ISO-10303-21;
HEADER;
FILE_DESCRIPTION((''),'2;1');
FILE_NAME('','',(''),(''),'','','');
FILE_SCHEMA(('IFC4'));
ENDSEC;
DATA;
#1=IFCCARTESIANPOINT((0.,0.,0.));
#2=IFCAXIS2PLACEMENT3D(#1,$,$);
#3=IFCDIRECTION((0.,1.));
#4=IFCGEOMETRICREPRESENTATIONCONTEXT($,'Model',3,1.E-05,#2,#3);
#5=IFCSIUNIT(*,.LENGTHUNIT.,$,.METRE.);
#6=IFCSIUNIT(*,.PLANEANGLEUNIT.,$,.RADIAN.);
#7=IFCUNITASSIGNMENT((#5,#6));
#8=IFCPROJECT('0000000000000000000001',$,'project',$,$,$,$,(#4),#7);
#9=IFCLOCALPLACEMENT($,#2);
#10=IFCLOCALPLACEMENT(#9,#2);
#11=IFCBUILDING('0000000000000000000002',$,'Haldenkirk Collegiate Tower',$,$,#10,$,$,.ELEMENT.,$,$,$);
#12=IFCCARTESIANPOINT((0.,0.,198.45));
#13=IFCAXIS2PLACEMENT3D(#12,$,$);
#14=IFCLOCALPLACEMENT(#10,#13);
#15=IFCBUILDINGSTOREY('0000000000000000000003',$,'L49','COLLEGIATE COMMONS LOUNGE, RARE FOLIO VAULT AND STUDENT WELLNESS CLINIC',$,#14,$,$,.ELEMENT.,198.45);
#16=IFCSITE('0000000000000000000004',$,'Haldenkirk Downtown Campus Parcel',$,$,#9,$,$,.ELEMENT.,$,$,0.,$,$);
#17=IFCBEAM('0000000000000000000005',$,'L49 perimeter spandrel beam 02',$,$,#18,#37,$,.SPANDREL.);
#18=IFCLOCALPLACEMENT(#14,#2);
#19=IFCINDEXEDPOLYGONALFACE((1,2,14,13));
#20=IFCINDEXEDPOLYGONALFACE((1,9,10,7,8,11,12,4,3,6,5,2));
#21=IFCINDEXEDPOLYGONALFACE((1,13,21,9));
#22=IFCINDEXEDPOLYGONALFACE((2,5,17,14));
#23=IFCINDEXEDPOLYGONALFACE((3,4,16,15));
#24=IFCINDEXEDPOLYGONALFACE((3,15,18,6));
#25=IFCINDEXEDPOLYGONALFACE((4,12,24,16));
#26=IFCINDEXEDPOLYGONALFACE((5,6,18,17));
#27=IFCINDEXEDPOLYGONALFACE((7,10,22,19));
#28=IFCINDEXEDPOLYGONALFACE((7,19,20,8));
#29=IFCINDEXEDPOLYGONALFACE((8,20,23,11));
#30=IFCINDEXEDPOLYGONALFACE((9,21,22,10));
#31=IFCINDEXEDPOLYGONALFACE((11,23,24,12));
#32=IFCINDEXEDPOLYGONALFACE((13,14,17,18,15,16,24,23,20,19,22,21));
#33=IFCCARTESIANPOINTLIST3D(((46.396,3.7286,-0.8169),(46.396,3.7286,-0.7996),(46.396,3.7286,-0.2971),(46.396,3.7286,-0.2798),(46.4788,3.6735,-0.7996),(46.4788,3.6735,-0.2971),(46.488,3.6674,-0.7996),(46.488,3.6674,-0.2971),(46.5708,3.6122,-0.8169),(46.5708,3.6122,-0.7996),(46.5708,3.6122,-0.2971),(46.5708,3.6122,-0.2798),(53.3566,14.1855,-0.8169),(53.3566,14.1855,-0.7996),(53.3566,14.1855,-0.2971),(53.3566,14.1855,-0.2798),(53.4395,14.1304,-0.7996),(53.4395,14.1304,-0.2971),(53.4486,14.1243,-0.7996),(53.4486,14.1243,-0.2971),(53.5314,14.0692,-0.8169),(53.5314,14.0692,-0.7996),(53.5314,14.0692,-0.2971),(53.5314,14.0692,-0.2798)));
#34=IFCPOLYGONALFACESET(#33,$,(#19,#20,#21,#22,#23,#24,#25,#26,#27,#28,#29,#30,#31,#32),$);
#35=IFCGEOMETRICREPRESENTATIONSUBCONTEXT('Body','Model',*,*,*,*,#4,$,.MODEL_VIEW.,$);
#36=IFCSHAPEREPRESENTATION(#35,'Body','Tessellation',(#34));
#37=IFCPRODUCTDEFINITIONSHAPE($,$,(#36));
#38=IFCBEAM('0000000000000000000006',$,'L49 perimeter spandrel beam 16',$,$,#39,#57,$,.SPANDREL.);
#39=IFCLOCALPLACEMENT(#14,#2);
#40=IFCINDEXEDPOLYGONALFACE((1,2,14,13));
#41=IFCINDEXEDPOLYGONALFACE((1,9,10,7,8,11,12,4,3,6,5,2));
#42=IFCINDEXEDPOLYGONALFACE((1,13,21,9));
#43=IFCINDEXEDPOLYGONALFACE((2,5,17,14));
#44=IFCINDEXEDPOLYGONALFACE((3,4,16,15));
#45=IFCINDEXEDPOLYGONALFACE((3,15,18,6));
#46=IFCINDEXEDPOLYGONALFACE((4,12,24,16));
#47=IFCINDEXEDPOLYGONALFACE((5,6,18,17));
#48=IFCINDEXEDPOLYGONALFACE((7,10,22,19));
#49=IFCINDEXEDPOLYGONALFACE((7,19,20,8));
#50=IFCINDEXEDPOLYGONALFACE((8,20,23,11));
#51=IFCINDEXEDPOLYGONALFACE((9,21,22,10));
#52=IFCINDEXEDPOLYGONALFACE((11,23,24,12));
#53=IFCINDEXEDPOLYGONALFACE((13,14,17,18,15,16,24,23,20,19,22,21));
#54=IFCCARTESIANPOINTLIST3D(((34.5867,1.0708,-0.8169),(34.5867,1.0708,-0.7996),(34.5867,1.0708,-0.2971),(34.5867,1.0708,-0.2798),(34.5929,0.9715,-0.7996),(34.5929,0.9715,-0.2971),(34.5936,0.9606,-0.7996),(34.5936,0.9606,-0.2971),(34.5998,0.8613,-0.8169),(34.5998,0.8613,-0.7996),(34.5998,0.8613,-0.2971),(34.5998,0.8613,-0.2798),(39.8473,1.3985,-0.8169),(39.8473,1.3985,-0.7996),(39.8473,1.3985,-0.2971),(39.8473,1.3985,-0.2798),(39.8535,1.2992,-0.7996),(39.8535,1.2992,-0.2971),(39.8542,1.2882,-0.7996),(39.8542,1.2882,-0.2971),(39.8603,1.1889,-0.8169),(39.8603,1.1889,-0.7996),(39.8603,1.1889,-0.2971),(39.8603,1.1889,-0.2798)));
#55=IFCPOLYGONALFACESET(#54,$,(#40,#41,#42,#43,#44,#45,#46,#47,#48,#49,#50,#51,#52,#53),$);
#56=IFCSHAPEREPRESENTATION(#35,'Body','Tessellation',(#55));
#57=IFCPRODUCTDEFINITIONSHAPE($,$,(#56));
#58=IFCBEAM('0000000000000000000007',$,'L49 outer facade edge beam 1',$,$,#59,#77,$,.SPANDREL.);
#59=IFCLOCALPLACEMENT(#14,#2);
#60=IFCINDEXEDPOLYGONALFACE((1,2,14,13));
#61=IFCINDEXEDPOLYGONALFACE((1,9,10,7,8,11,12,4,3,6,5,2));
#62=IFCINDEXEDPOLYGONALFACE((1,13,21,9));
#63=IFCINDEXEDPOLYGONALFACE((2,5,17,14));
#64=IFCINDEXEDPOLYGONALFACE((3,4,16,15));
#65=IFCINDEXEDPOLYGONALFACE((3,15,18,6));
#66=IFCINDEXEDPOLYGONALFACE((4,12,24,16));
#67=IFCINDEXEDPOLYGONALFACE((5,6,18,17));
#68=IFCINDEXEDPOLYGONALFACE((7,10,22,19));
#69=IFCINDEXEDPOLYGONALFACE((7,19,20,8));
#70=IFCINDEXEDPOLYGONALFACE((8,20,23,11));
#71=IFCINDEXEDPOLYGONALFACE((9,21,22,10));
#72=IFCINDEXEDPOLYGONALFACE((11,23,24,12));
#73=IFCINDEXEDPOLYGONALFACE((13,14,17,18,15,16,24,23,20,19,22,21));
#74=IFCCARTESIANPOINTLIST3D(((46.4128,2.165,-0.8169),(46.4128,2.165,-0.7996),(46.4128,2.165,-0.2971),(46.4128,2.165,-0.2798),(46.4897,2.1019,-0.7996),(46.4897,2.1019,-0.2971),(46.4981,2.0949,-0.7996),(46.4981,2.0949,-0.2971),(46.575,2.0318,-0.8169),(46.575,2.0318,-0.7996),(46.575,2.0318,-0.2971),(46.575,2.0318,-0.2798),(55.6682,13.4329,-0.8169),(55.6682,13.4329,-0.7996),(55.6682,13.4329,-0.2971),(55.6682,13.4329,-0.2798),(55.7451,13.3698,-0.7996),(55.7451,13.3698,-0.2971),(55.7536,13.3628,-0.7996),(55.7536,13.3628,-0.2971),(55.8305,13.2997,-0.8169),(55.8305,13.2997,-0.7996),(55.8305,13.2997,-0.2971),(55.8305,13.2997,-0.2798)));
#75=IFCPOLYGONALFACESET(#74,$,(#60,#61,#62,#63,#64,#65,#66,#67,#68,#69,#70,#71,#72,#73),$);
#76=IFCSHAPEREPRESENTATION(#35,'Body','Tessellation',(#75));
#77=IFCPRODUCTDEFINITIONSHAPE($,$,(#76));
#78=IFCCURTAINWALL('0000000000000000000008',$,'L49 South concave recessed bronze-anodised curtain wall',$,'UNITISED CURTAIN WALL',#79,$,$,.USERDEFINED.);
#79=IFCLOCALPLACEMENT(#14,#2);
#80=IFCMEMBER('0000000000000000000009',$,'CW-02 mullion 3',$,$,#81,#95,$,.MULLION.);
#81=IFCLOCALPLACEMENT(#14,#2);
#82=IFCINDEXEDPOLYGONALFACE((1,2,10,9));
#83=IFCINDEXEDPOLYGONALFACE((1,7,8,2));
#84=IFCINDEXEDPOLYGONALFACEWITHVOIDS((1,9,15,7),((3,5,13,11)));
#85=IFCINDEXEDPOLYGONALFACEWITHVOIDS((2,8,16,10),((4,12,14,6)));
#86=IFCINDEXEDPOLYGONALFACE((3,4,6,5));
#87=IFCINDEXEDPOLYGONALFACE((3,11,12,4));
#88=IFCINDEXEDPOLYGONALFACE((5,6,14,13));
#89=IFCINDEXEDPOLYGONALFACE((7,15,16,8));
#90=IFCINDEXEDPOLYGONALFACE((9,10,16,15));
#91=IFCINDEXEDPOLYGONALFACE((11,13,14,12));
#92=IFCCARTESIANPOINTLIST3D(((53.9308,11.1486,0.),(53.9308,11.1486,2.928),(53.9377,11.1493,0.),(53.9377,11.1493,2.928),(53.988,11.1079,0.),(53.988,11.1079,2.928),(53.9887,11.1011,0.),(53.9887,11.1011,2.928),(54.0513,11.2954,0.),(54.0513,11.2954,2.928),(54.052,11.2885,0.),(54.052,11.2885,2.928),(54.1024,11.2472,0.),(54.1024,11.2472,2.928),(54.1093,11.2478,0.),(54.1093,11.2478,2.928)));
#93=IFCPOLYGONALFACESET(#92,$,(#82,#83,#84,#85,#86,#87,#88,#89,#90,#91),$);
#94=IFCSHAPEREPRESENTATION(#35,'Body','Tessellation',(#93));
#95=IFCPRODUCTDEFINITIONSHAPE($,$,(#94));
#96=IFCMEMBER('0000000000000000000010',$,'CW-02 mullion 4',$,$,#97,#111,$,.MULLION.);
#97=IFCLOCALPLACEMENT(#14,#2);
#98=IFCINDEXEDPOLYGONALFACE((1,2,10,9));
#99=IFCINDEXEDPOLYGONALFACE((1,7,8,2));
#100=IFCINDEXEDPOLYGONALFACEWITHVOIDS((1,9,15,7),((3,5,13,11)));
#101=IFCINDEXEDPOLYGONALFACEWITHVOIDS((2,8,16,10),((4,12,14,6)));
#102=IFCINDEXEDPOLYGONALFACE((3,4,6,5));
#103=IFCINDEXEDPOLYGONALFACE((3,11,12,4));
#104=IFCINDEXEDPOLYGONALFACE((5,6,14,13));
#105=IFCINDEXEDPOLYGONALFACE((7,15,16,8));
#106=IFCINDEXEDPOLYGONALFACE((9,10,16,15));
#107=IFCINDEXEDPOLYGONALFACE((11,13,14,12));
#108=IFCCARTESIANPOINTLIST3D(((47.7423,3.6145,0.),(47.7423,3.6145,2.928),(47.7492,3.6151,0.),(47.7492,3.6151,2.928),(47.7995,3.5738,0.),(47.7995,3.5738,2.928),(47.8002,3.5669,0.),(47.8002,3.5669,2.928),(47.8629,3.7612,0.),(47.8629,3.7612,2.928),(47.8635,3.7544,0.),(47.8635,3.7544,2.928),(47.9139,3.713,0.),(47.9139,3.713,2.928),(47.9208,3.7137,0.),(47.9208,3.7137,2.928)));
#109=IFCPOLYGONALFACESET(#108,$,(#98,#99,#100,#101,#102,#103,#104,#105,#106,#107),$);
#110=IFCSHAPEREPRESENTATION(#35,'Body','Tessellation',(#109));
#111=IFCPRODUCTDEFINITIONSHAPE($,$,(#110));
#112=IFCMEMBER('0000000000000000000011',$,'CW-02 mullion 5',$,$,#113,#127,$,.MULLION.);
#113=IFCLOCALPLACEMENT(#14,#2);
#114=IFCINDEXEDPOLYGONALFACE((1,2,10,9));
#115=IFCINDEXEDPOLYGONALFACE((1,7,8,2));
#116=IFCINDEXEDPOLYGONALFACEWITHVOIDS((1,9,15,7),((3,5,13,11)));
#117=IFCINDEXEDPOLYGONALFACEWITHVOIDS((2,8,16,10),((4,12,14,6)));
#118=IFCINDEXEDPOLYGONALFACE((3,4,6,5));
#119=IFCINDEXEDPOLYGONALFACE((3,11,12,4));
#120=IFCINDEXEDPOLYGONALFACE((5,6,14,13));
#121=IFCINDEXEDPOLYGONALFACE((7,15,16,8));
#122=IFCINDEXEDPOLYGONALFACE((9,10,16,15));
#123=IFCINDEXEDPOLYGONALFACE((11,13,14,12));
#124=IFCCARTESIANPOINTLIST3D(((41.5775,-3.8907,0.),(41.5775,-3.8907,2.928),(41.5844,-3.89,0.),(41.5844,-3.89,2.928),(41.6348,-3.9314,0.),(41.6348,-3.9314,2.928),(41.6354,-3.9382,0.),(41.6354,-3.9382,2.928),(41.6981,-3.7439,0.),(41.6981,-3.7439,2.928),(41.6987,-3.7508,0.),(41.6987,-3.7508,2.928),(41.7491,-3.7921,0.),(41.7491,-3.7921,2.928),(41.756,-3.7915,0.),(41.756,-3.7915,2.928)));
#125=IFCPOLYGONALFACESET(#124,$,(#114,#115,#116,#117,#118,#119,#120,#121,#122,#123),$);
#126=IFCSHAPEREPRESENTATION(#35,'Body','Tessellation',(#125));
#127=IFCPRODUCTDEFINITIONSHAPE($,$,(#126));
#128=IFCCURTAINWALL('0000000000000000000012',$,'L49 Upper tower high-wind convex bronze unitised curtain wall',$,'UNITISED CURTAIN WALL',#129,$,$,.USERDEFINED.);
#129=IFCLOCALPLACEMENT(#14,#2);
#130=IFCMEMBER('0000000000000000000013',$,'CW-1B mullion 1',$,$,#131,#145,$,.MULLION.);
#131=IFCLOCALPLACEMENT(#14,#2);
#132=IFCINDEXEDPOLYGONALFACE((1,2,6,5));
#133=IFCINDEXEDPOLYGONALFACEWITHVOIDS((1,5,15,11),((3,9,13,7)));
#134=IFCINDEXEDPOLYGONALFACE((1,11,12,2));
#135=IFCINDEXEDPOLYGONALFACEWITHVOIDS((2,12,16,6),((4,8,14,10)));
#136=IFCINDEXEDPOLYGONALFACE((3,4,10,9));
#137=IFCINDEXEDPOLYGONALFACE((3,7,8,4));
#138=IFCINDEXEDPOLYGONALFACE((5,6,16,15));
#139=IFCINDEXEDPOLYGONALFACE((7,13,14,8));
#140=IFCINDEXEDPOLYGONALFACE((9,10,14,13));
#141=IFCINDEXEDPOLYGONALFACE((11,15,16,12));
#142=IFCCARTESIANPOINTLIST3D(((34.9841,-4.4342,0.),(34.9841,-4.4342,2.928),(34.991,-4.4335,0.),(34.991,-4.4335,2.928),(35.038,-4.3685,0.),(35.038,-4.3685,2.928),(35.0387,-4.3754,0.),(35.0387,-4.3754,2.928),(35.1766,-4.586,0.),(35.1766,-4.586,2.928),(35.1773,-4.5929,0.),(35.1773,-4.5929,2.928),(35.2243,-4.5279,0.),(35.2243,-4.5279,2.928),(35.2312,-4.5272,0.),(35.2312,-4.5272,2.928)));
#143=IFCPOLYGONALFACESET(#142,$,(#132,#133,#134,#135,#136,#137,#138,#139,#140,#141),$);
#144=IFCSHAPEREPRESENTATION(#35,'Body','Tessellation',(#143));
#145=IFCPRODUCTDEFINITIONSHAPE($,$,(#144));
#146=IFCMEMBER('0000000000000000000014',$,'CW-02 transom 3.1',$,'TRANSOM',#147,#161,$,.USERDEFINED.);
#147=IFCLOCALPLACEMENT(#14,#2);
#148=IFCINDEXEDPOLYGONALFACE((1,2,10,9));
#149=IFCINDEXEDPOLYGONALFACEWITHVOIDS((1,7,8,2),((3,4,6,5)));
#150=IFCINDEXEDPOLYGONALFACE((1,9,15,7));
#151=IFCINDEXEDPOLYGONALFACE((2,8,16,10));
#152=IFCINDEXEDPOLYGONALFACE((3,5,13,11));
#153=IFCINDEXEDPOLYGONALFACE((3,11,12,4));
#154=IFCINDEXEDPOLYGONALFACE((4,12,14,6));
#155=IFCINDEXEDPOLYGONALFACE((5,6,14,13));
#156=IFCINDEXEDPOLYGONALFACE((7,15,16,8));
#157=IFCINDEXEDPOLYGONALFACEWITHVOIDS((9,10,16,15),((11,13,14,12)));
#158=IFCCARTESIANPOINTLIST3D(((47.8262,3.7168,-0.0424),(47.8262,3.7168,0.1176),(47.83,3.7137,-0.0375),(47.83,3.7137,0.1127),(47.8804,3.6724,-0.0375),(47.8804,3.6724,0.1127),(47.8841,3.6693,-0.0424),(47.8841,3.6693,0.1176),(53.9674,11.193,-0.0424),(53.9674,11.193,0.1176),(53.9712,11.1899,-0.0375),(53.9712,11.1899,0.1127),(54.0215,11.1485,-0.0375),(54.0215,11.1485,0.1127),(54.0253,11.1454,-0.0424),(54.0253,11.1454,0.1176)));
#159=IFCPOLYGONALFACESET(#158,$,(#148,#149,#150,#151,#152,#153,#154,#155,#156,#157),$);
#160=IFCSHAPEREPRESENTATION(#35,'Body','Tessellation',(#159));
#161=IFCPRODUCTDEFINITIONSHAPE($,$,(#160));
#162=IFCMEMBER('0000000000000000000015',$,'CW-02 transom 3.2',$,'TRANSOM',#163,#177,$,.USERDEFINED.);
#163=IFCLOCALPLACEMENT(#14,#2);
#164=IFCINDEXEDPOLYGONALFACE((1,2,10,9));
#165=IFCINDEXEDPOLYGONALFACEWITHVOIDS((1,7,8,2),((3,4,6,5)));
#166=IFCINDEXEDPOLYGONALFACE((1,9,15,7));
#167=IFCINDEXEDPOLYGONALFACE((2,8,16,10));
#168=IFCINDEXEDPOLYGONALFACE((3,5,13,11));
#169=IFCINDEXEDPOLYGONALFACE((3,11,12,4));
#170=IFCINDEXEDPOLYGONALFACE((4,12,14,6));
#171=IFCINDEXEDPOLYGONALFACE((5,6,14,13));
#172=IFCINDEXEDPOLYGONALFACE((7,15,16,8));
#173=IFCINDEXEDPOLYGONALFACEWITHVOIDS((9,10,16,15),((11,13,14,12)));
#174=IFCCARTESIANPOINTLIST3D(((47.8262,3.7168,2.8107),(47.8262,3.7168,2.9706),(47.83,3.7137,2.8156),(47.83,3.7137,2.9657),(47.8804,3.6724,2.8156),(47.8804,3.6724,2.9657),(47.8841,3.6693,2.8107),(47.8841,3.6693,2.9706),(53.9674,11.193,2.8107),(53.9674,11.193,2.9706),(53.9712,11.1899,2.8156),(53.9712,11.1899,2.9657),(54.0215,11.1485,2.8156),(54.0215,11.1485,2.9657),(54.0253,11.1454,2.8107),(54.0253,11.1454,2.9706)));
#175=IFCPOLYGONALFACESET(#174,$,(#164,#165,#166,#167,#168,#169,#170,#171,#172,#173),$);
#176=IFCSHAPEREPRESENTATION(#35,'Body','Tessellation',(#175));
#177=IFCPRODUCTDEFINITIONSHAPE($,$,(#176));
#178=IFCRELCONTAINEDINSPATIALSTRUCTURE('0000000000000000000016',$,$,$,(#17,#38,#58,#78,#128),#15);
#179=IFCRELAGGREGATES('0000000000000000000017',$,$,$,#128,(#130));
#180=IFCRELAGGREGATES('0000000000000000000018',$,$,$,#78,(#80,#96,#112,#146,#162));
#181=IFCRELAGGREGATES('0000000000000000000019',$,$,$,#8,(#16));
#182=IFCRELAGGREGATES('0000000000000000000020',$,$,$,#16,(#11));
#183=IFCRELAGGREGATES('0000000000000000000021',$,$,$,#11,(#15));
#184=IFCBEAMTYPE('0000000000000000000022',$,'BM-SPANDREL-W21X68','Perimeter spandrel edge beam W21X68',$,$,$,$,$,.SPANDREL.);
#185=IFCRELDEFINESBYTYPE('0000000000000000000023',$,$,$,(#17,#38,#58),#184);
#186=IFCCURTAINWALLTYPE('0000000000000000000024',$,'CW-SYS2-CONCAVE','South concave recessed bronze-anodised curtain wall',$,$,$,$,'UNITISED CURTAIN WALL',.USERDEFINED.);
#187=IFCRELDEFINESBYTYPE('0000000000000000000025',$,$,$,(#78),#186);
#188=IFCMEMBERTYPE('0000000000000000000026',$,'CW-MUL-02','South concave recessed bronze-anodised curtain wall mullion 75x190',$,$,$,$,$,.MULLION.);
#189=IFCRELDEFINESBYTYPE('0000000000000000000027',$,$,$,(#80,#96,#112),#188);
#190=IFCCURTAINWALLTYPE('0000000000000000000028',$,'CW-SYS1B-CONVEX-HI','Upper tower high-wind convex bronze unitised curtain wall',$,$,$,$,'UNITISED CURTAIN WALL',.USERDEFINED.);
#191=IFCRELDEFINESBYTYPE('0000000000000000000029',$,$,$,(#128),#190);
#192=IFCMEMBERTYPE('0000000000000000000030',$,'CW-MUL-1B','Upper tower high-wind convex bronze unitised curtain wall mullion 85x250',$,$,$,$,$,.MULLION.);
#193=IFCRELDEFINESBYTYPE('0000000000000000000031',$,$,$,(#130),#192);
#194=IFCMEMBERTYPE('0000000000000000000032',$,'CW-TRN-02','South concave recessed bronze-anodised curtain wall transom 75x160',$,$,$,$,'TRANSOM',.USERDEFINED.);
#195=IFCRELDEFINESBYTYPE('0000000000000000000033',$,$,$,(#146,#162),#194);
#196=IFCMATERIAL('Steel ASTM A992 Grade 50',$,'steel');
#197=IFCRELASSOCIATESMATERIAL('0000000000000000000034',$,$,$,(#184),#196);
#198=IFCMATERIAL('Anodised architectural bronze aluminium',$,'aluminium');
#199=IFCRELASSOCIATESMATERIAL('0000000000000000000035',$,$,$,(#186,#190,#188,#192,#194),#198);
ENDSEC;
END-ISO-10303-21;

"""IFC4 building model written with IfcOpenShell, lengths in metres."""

from ifc_helpers import new_model, si_unit, direction, frame, origin, origin_2d, place, context, subcontext, project, spatial, hollow_rectangle, i_section, extrude, material, material_profile, profile_set, type_object, element, aggregate, save


model = new_model("IFC4")

# Units and contexts
model_context = context("Model", 3, precision=1e-05, world=origin(), true_north=direction((0.0, 1.0)))
body_context = subcontext(model_context, "Body", "Model", "MODEL_VIEW")
ifc_project = project(units=[si_unit("LENGTHUNIT", "METRE"), si_unit("PLANEANGLEUNIT", "RADIAN")], contexts=[model_context])

# Site, building, storey
site_placement = place(None, origin())
site = spatial("IfcSite", under=ifc_project, at=site_placement, Name="Haldenkirk Downtown Campus Parcel", CompositionType="ELEMENT", RefElevation=0.0)
building_placement = place(site_placement, origin())
building = spatial("IfcBuilding", under=site, at=building_placement, Name="Haldenkirk Collegiate Tower", CompositionType="ELEMENT")
storey_placement = place(building_placement, frame((0.0, 0.0, 198.45)))
storey = spatial("IfcBuildingStorey", under=building, at=storey_placement, Name="L49", Description="COLLEGIATE COMMONS LOUNGE, RARE FOLIO VAULT AND STUDENT WELLNESS CLINIC", CompositionType="ELEMENT", Elevation=198.45)

# Beams
ifc_material_1 = material(Name="Steel ASTM A992 Grade 50", Category="steel")
ifc_material_profile_1 = material_profile(ifc_material_1, i_section(OverallWidth=0.21, OverallDepth=0.5371, WebThickness=0.011, FlangeThickness=0.0173, at=origin_2d()), Name="W21X68")
ifc_profile_set_1 = profile_set([ifc_material_profile_1], Name="Steel ASTM A992 Grade 50")
beam_type_1 = type_object("IfcBeamType", Name="BM-SPANDREL-W21X68", Description="Perimeter spandrel edge beam W21X68", PredefinedType="SPANDREL", material=ifc_profile_set_1)
beam_1_placement = place(storey_placement, frame((46.4834, 3.6704, -0.5483), z_axis=(0.554113, 0.832442, 0.0), x_axis=(-0.832442, 0.554113, 0.0)))
element("IfcBeam", 1, at=beam_1_placement, inside=storey, type_object=beam_type_1, Name="L49 perimeter spandrel beam 02", PredefinedType="SPANDREL", context=body_context, shape_type="SweptSolid", body=[
    extrude(i_section(OverallWidth=0.21, OverallDepth=0.5371, WebThickness=0.011, FlangeThickness=0.0173, at=origin_2d()), origin(), (0.0, 0.0, 1.0), 12.5618),
])
beam_2_placement = place(storey_placement, frame((34.5933, 0.9661, -0.5483), z_axis=(0.998066, 0.062162, 0.0), x_axis=(-0.062162, 0.998066, 0.0)))
element("IfcBeam", 2, at=beam_2_placement, inside=storey, type_object=beam_type_1, Name="L49 perimeter spandrel beam 16", PredefinedType="SPANDREL", context=body_context, shape_type="SweptSolid", body=[
    extrude(i_section(OverallWidth=0.21, OverallDepth=0.5371, WebThickness=0.011, FlangeThickness=0.0173, at=origin_2d()), origin(), (0.0, 0.0, 1.0), 5.2708),
])
beam_3_placement = place(storey_placement, frame((46.4939, 2.0984, -0.5483), z_axis=(0.634725, 0.772738, 0.0), x_axis=(-0.772738, 0.634725, 0.0)))
element("IfcBeam", 3, at=beam_3_placement, inside=storey, type_object=beam_type_1, Name="L49 outer facade edge beam 1", PredefinedType="SPANDREL", context=body_context, shape_type="SweptSolid", body=[
    extrude(i_section(OverallWidth=0.21, OverallDepth=0.5371, WebThickness=0.011, FlangeThickness=0.0173, at=origin_2d()), origin(), (0.0, 0.0, 1.0), 14.5818),
])

# Curtain wall, members
ifc_material_2 = material(Name="Anodised architectural bronze aluminium", Category="aluminium")
curtain_wall_type_1 = type_object("IfcCurtainWallType", Name="CW-SYS2-CONCAVE", Description="South concave recessed bronze-anodised curtain wall", ElementType="UNITISED CURTAIN WALL", PredefinedType="USERDEFINED", material=ifc_material_2)
curtain_wall_1_placement = place(storey_placement, origin())
curtain_wall_1 = element("IfcCurtainWall", 4, at=curtain_wall_1_placement, inside=storey, type_object=curtain_wall_type_1, Name="L49 South concave recessed bronze-anodised curtain wall", ObjectType="UNITISED CURTAIN WALL", PredefinedType="USERDEFINED")
ifc_material_profile_2 = material_profile(ifc_material_2, hollow_rectangle(XDim=0.075, YDim=0.1899, WallThickness=0.0049, at=origin_2d()), Name="CW-MUL-02")
ifc_profile_set_2 = profile_set([ifc_material_profile_2], Name="Anodised architectural bronze aluminium")
member_type_1 = type_object("IfcMemberType", Name="CW-MUL-02", Description="South concave recessed bronze-anodised curtain wall mullion 75x190", PredefinedType="MULLION", material=ifc_profile_set_2)
member_1_placement = place(storey_placement, frame((54.02, 11.1982, 0.0), z_axis=(0.0, 0.0, 1.0), x_axis=(0.772734, -0.634731, 0.0)))
member_1 = element("IfcMember", 5, at=member_1_placement, type_object=member_type_1, Name="CW-02 mullion 3", PredefinedType="MULLION", context=body_context, shape_type="SweptSolid", body=[
    extrude(hollow_rectangle(XDim=0.075, YDim=0.1899, WallThickness=0.0049, at=origin_2d()), origin(), (0.0, 0.0, 1.0), 2.928),
])
member_2_placement = place(storey_placement, frame((47.8315, 3.6641, 0.0), z_axis=(0.0, 0.0, 1.0), x_axis=(0.772734, -0.634731, 0.0)))
member_2 = element("IfcMember", 6, at=member_2_placement, type_object=member_type_1, Name="CW-02 mullion 4", PredefinedType="MULLION", context=body_context, shape_type="SweptSolid", body=[
    extrude(hollow_rectangle(XDim=0.075, YDim=0.1899, WallThickness=0.0049, at=origin_2d()), origin(), (0.0, 0.0, 1.0), 2.928),
])
member_3_placement = place(storey_placement, frame((41.6667, -3.8411, 0.0), z_axis=(0.0, 0.0, 1.0), x_axis=(0.772734, -0.634731, 0.0)))
member_3 = element("IfcMember", 7, at=member_3_placement, type_object=member_type_1, Name="CW-02 mullion 5", PredefinedType="MULLION", context=body_context, shape_type="SweptSolid", body=[
    extrude(hollow_rectangle(XDim=0.075, YDim=0.1899, WallThickness=0.0049, at=origin_2d()), origin(), (0.0, 0.0, 1.0), 2.928),
])

# Curtain wall, member
curtain_wall_type_2 = type_object("IfcCurtainWallType", Name="CW-SYS1B-CONVEX-HI", Description="Upper tower high-wind convex bronze unitised curtain wall", ElementType="UNITISED CURTAIN WALL", PredefinedType="USERDEFINED", material=ifc_material_2)
curtain_wall_2_placement = place(storey_placement, origin())
curtain_wall_2 = element("IfcCurtainWall", 8, at=curtain_wall_2_placement, inside=storey, type_object=curtain_wall_type_2, Name="L49 Upper tower high-wind convex bronze unitised curtain wall", ObjectType="UNITISED CURTAIN WALL", PredefinedType="USERDEFINED")
ifc_material_profile_3 = material_profile(ifc_material_2, hollow_rectangle(XDim=0.085, YDim=0.25, WallThickness=0.0049, at=origin_2d()), Name="CW-MUL-1B")
ifc_profile_set_3 = profile_set([ifc_material_profile_3], Name="Anodised architectural bronze aluminium")
member_type_2 = type_object("IfcMemberType", Name="CW-MUL-1B", Description="Upper tower high-wind convex bronze unitised curtain wall mullion 85x250", PredefinedType="MULLION", material=ifc_profile_set_3)
member_4_placement = place(storey_placement, frame((35.1077, -4.4807, 0.0), z_axis=(0.0, 0.0, 1.0), x_axis=(-0.63473, -0.772734, 0.0)))
member_4 = element("IfcMember", 9, at=member_4_placement, type_object=member_type_2, Name="CW-1B mullion 1", PredefinedType="MULLION", context=body_context, shape_type="SweptSolid", body=[
    extrude(hollow_rectangle(XDim=0.085, YDim=0.25, WallThickness=0.0049, at=origin_2d()), origin(), (0.0, 0.0, 1.0), 2.928),
])

# Members
ifc_material_profile_4 = material_profile(ifc_material_2, hollow_rectangle(XDim=0.075, YDim=0.1599, WallThickness=0.0049, at=origin_2d()), Name="CW-TRN-02")
ifc_profile_set_4 = profile_set([ifc_material_profile_4], Name="Anodised architectural bronze aluminium")
member_type_3 = type_object("IfcMemberType", Name="CW-TRN-02", Description="South concave recessed bronze-anodised curtain wall transom 75x160", ElementType="TRANSOM", PredefinedType="USERDEFINED", material=ifc_profile_set_4)
member_5_placement = place(storey_placement, frame((53.9963, 11.1692, 0.0376), z_axis=(-0.634743, -0.772724, 0.0), x_axis=(0.772724, -0.634743, 0.0)))
member_5 = element("IfcMember", 10, at=member_5_placement, type_object=member_type_3, Name="CW-02 transom 3.1", ObjectType="TRANSOM", PredefinedType="USERDEFINED", context=body_context, shape_type="SweptSolid", body=[
    extrude(hollow_rectangle(XDim=0.075, YDim=0.1599, WallThickness=0.0049, at=origin_2d()), origin(), (0.0, 0.0, 1.0), 9.675),
])
member_6_placement = place(storey_placement, frame((53.9963, 11.1692, 2.8906), z_axis=(-0.634743, -0.772724, 0.0), x_axis=(0.772724, -0.634743, 0.0)))
member_6 = element("IfcMember", 11, at=member_6_placement, type_object=member_type_3, Name="CW-02 transom 3.2", ObjectType="TRANSOM", PredefinedType="USERDEFINED", context=body_context, shape_type="SweptSolid", body=[
    extrude(hollow_rectangle(XDim=0.075, YDim=0.1599, WallThickness=0.0049, at=origin_2d()), origin(), (0.0, 0.0, 1.0), 9.675),
])
aggregate(curtain_wall_2, [member_4])

aggregate(curtain_wall_1, [member_1, member_2, member_3, member_5, member_6])

save(model, "model.ifc")
